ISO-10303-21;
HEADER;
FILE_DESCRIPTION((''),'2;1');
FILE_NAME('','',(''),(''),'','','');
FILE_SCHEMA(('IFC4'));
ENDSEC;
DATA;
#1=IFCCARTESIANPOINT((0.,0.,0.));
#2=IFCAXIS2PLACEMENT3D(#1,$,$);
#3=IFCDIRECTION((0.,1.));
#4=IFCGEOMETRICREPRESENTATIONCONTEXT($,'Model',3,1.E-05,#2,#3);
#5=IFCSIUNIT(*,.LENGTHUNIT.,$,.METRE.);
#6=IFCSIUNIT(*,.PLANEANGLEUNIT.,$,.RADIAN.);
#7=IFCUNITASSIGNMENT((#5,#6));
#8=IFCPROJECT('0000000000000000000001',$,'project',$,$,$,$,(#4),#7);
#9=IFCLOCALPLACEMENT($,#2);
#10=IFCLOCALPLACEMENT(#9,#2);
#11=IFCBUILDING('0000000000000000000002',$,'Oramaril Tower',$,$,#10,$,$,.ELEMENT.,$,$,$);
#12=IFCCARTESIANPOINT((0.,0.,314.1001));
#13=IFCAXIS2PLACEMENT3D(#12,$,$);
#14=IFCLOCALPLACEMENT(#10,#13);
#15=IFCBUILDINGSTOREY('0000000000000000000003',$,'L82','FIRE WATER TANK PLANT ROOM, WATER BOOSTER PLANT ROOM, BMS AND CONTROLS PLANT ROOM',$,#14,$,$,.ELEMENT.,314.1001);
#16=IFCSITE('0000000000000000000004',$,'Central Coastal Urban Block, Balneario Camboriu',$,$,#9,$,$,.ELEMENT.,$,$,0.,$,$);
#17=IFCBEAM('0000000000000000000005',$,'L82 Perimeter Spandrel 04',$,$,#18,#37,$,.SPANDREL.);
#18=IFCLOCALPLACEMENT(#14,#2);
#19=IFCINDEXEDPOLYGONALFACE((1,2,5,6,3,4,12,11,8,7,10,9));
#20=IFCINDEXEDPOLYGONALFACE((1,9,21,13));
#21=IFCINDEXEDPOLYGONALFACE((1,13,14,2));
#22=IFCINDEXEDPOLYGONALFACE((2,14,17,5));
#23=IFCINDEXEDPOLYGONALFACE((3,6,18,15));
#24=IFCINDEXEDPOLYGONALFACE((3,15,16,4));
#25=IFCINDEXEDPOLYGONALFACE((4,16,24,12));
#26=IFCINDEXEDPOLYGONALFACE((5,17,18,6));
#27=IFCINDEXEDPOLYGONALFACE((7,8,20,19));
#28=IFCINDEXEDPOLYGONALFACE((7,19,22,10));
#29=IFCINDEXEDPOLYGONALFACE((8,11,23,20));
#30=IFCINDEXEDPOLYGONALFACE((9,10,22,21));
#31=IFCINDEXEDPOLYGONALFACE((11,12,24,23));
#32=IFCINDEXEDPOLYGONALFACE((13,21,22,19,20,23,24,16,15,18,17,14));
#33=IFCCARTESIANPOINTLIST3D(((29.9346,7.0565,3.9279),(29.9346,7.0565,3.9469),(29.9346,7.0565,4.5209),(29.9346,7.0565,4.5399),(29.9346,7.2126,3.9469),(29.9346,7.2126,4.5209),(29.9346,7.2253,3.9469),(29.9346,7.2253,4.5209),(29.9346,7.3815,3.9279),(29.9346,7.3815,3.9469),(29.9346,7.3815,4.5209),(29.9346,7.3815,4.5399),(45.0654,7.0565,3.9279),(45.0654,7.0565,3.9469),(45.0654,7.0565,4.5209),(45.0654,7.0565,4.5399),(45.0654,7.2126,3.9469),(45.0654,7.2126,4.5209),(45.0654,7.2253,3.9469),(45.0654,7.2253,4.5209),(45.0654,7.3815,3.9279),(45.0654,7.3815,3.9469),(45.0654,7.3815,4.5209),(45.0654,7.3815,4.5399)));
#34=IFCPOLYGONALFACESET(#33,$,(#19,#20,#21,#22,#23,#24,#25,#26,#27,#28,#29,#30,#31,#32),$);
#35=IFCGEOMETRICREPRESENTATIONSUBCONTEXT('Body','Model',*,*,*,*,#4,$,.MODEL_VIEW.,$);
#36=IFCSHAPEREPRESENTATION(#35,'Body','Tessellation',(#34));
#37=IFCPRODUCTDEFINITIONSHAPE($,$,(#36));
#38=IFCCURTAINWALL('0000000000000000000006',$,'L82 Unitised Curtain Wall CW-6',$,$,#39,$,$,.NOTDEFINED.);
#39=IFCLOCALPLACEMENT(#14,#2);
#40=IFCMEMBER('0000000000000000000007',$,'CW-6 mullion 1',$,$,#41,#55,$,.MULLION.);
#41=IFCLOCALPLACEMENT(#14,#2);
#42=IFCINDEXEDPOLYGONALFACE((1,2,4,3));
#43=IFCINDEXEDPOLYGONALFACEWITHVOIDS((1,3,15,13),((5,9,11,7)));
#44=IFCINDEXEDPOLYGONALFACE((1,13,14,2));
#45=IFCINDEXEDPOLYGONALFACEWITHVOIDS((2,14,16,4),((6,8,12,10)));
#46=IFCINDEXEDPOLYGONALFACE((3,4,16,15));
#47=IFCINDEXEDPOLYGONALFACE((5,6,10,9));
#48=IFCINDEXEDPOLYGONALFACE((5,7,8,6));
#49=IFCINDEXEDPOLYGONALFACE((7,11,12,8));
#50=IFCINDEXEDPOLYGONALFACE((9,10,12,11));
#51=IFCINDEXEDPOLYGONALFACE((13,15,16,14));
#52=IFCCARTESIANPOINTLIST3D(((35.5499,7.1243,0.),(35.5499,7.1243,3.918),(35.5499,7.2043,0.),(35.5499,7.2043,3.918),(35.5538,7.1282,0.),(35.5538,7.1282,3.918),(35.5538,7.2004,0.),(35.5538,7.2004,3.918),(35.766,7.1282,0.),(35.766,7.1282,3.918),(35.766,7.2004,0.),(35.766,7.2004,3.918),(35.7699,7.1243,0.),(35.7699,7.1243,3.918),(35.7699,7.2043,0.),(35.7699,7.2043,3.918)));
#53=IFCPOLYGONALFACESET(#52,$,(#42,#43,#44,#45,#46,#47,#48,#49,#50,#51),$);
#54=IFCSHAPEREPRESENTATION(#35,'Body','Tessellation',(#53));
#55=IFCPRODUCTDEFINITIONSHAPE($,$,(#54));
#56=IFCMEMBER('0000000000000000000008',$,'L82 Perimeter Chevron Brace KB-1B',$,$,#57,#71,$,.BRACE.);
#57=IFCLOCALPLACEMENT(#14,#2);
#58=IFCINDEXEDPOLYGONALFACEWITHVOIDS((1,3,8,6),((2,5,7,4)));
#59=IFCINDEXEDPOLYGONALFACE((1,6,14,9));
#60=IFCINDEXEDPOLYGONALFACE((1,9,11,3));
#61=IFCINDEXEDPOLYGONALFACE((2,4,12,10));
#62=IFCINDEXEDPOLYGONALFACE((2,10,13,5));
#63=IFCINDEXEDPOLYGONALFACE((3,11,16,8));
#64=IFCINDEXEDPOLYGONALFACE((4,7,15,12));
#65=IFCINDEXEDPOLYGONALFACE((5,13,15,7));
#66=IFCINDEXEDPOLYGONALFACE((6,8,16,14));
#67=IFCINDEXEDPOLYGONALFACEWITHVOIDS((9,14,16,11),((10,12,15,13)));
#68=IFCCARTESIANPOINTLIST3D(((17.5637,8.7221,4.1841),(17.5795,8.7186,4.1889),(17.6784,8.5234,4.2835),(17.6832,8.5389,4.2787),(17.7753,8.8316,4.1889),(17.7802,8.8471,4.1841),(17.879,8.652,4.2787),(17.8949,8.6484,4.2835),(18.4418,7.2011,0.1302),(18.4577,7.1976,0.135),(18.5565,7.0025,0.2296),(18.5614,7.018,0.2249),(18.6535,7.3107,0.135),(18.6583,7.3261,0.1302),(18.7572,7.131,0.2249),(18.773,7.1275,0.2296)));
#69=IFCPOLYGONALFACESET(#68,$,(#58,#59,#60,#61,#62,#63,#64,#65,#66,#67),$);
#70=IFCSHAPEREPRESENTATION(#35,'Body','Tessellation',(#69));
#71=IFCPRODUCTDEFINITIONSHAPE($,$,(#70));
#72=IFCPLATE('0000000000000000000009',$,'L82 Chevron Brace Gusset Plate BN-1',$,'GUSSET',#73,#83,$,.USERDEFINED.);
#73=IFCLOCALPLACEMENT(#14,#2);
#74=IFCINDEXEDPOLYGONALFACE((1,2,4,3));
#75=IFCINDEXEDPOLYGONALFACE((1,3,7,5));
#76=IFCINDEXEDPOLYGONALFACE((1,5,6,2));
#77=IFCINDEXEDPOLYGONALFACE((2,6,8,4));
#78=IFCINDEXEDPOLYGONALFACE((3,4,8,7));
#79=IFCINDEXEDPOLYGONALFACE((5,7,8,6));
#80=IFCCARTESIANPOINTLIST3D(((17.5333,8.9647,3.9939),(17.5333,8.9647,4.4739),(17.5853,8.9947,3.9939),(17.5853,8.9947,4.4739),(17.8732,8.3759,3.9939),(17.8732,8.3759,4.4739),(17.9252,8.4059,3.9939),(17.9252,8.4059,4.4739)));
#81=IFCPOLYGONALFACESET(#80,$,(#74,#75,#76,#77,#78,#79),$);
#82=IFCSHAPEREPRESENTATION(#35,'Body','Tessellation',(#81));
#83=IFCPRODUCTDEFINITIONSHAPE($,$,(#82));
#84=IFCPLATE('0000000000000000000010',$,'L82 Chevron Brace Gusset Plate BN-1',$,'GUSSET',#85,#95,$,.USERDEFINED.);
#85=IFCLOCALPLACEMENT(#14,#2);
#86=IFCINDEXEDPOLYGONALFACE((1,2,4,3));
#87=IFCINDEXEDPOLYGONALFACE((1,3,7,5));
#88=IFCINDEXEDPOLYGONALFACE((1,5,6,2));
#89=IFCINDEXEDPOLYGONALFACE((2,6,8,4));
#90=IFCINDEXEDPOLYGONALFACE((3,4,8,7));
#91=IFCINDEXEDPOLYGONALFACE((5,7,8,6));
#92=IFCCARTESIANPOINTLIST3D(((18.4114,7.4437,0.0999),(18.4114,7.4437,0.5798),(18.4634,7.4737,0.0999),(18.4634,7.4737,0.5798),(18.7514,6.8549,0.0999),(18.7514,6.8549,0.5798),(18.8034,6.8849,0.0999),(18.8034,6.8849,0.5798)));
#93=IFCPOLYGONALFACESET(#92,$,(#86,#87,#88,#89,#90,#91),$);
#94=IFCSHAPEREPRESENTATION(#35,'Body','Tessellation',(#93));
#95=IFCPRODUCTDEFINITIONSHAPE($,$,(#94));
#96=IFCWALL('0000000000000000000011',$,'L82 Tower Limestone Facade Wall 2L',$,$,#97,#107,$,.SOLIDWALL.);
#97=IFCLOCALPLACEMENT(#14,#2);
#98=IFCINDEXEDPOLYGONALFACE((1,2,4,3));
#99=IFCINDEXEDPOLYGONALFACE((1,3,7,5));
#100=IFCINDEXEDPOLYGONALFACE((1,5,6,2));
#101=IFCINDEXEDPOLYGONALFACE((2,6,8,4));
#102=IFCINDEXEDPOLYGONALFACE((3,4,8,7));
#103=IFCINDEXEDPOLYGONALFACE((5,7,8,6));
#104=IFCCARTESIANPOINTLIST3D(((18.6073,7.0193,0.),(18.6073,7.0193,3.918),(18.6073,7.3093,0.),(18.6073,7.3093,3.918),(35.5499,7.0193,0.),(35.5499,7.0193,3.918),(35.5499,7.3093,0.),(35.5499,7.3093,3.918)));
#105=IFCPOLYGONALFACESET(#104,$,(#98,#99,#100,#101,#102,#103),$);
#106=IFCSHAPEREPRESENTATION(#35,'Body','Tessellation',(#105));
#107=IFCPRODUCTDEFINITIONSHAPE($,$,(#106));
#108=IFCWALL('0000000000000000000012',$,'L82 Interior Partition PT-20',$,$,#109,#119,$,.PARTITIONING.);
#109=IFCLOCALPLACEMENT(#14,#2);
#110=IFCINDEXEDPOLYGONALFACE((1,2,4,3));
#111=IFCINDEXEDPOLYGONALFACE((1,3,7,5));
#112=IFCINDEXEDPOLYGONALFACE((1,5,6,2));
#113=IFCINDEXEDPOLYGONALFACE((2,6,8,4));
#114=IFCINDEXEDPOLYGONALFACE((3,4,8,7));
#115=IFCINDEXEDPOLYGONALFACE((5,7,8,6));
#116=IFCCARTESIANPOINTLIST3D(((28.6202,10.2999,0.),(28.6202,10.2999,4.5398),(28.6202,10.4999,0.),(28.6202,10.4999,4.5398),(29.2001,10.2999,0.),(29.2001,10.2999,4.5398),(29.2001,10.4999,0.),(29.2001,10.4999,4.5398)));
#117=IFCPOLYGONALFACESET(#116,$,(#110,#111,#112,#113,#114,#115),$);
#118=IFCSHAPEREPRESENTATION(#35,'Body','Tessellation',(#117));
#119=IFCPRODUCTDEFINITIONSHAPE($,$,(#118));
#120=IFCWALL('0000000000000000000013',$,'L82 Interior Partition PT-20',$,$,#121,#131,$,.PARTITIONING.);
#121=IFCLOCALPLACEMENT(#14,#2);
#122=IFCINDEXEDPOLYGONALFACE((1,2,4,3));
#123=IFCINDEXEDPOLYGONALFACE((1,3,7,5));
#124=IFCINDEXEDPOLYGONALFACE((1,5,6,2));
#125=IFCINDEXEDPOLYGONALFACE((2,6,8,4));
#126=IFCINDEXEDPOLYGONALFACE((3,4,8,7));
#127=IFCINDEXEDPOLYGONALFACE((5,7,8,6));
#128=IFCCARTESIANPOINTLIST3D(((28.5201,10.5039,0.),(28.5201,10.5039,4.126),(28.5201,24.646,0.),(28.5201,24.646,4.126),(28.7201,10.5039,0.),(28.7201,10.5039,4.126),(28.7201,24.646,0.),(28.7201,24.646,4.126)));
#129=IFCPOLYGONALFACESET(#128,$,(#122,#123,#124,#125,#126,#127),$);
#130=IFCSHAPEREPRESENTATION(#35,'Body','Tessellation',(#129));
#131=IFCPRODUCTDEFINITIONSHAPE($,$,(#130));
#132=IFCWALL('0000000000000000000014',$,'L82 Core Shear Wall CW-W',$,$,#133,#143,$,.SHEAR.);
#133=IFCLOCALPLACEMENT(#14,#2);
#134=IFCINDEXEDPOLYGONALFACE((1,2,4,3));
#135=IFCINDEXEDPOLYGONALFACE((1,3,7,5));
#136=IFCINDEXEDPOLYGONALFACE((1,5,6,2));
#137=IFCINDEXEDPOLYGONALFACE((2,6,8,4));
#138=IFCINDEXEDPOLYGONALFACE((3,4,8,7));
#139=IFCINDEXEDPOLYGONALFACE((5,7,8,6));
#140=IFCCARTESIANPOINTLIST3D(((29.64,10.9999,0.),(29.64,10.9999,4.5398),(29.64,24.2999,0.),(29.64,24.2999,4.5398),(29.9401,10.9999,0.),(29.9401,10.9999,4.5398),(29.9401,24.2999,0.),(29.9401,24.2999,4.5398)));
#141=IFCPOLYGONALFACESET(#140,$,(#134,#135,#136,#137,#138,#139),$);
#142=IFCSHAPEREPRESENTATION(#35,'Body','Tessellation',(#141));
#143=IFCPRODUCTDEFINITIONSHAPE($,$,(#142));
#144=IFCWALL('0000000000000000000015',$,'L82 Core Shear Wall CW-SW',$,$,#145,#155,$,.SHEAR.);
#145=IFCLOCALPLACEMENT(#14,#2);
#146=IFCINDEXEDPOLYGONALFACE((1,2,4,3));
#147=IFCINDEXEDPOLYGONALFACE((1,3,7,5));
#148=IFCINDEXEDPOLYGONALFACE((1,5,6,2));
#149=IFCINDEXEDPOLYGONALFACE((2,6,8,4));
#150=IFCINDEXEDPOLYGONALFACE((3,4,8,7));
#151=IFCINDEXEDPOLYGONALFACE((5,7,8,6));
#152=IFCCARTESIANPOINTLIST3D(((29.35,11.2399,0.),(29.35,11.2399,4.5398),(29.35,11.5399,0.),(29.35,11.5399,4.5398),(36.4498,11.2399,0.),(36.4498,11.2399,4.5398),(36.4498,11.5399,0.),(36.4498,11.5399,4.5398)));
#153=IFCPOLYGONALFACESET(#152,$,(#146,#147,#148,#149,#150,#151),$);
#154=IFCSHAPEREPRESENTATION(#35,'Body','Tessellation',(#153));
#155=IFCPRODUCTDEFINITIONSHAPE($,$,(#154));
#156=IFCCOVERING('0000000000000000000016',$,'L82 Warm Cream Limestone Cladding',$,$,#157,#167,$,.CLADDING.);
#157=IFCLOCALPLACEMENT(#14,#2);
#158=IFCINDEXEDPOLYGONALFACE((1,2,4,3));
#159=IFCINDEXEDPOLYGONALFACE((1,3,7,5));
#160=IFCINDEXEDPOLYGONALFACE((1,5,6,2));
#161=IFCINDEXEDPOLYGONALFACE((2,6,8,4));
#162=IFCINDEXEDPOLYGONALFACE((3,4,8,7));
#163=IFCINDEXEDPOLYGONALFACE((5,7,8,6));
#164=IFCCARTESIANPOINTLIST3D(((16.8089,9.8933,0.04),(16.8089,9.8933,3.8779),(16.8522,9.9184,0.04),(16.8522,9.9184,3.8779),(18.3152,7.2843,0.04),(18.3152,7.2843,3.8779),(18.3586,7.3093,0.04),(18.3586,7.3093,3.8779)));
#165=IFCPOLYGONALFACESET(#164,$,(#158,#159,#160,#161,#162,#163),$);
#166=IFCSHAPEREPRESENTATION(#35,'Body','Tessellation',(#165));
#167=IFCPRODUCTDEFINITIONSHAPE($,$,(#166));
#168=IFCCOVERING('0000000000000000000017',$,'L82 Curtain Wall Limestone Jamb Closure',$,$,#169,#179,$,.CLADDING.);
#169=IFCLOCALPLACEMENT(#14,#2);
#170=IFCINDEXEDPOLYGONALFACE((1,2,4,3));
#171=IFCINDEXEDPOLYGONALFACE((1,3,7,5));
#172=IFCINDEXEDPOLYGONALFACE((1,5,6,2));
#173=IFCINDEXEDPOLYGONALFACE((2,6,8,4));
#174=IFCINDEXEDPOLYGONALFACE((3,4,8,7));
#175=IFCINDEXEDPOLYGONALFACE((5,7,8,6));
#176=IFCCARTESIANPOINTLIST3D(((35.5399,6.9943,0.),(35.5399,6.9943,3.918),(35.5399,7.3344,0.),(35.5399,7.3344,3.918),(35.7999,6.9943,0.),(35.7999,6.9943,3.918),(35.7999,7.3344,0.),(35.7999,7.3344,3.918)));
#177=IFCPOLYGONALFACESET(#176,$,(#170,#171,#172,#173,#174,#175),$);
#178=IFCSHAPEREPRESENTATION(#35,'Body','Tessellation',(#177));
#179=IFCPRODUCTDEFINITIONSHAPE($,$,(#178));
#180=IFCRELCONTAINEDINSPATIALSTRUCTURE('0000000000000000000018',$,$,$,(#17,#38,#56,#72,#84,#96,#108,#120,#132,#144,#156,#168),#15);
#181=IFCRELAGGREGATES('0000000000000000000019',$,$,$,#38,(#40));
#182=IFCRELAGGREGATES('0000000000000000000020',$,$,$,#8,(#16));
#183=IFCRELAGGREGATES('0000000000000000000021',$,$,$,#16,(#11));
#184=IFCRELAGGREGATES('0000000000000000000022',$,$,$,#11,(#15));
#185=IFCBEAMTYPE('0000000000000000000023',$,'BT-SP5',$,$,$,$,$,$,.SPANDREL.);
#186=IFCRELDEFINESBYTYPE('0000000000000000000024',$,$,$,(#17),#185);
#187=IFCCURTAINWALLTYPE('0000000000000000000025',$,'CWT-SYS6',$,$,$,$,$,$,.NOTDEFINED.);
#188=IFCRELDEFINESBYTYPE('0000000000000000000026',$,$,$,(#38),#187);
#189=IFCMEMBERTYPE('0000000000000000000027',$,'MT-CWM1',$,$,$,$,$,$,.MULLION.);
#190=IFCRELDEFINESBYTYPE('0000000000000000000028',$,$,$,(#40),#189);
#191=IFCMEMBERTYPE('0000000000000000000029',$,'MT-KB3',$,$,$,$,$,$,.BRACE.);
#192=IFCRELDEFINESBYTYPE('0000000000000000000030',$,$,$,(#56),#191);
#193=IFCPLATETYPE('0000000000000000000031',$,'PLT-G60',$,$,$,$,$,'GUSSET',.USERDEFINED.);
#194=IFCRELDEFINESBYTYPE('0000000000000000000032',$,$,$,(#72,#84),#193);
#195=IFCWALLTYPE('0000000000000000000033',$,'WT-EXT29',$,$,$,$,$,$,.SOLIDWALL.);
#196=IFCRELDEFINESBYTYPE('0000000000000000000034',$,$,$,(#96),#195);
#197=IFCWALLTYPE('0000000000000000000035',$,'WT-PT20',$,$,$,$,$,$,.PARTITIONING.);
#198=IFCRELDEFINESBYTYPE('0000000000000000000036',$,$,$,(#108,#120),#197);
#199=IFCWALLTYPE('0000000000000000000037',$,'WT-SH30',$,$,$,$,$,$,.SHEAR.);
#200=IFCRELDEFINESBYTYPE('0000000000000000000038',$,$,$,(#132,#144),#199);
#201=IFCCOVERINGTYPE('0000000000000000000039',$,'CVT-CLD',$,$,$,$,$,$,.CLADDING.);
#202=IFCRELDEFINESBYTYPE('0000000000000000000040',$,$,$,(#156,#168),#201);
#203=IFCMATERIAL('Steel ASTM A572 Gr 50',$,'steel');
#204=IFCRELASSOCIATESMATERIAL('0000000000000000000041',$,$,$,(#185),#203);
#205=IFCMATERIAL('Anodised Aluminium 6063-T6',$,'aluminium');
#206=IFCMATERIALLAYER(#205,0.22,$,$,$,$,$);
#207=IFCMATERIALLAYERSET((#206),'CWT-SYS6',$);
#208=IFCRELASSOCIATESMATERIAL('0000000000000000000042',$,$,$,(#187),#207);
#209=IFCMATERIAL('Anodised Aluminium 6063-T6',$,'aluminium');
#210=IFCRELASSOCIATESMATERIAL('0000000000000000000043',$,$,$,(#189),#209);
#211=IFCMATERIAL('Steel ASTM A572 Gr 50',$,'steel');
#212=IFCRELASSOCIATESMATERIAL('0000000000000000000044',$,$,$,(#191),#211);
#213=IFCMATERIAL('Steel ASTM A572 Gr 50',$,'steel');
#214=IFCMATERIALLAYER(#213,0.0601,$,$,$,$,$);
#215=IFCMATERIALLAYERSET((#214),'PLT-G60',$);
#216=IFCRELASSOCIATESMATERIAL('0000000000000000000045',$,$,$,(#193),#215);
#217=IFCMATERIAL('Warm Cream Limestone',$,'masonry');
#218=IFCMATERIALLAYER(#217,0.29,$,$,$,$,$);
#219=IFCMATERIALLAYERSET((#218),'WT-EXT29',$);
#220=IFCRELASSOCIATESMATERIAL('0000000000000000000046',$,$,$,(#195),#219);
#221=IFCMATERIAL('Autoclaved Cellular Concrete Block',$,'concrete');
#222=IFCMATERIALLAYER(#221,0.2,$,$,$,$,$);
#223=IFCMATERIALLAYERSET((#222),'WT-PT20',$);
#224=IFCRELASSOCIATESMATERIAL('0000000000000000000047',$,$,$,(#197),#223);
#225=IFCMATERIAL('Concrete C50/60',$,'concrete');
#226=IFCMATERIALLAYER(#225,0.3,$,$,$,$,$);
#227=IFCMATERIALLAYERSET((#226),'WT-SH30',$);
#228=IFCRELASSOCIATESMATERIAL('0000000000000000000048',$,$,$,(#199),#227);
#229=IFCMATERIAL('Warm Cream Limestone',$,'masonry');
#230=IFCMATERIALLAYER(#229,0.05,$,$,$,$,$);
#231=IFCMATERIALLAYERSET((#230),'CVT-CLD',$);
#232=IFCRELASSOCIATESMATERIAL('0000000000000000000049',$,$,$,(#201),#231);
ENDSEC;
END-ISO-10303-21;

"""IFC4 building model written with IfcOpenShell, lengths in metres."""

from ifc_helpers import new_model, si_unit, direction, frame, frame_2d, origin, origin_2d, place, context, subcontext, project, spatial, rectangle, hollow_rectangle, i_section, extrude, material, layer, layer_set, material_profile, profile_set, type_object, element, aggregate, save


model = new_model("IFC4")

# Units and contexts
model_context = context("Model", 3, precision=1e-05, world=origin(), true_north=direction((0.0, 1.0)))
body_context = subcontext(model_context, "Body", "Model", "MODEL_VIEW")
ifc_project = project(units=[si_unit("LENGTHUNIT", "METRE"), si_unit("PLANEANGLEUNIT", "RADIAN")], contexts=[model_context])

# Site, building, storey
site_placement = place(None, origin())
site = spatial("IfcSite", under=ifc_project, at=site_placement, Name="Central Coastal Urban Block, Balneario Camboriu", CompositionType="ELEMENT", RefElevation=0.0)
building_placement = place(site_placement, origin())
building = spatial("IfcBuilding", under=site, at=building_placement, Name="Oramaril Tower", CompositionType="ELEMENT")
storey_placement = place(building_placement, frame((0.0, 0.0, 314.1001)))
storey = spatial("IfcBuildingStorey", under=building, at=storey_placement, Name="L82", Description="FIRE WATER TANK PLANT ROOM, WATER BOOSTER PLANT ROOM, BMS AND CONTROLS PLANT ROOM", CompositionType="ELEMENT", Elevation=314.1001)

# Beam
ifc_material_1 = material(Name="Steel ASTM A572 Gr 50", Category="steel")
ifc_material_profile_1 = material_profile(ifc_material_1, i_section(OverallWidth=0.325, OverallDepth=0.6121, WebThickness=0.0127, FlangeThickness=0.019, at=origin_2d()), Name="W24X104")
ifc_profile_set_1 = profile_set([ifc_material_profile_1], Name="Steel ASTM A572 Gr 50")
beam_type_1 = type_object("IfcBeamType", Name="BT-SP5", PredefinedType="SPANDREL", material=ifc_profile_set_1)
beam_1_placement = place(storey_placement, frame((29.9346, 7.219, 4.2339), z_axis=(1.0, 0.0, 0.0), x_axis=(0.0, 1.0, 0.0)))
element("IfcBeam", 1, at=beam_1_placement, inside=storey, type_object=beam_type_1, Name="L82 Perimeter Spandrel 04", PredefinedType="SPANDREL", context=body_context, shape_type="SweptSolid", body=[
    extrude(i_section(OverallWidth=0.325, OverallDepth=0.6121, WebThickness=0.0127, FlangeThickness=0.019, at=origin_2d()), origin(), (0.0, 0.0, 1.0), 15.1309),
])

# Curtain wall, member
ifc_material_2 = material(Name="Anodised Aluminium 6063-T6", Category="aluminium")
ifc_layer_1 = layer(ifc_material_2, 0.22)
ifc_layer_set_1 = layer_set([ifc_layer_1], Name="CWT-SYS6")
curtain_wall_type = type_object("IfcCurtainWallType", Name="CWT-SYS6", PredefinedType="NOTDEFINED", material=ifc_layer_set_1)
curtain_wall_placement = place(storey_placement, origin())
curtain_wall = element("IfcCurtainWall", 2, at=curtain_wall_placement, inside=storey, type_object=curtain_wall_type, Name="L82 Unitised Curtain Wall CW-6", PredefinedType="NOTDEFINED")
ifc_material_3 = material(Name="Anodised Aluminium 6063-T6", Category="aluminium")
ifc_material_profile_2 = material_profile(ifc_material_3, hollow_rectangle(XDim=0.0801, YDim=0.22, WallThickness=0.0039, at=origin_2d()), Name="CWM220X80")
ifc_profile_set_2 = profile_set([ifc_material_profile_2], Name="Anodised Aluminium 6063-T6")
member_type_1 = type_object("IfcMemberType", Name="MT-CWM1", PredefinedType="MULLION", material=ifc_profile_set_2)
member_1_placement = place(storey_placement, frame((35.6599, 7.1643, 0.0), z_axis=(0.0, 0.0, 1.0), x_axis=(0.0, 1.0, 0.0)))
member_1 = element("IfcMember", 3, at=member_1_placement, type_object=member_type_1, Name="CW-6 mullion 1", PredefinedType="MULLION", context=body_context, shape_type="SweptSolid", body=[
    extrude(hollow_rectangle(XDim=0.0801, YDim=0.22, WallThickness=0.0039, at=origin_2d()), origin(), (0.0, 0.0, 1.0), 3.918),
])
aggregate(curtain_wall, [member_1])

# Member
ifc_material_4 = material(Name="Steel ASTM A572 Gr 50", Category="steel")
ifc_material_profile_3 = material_profile(ifc_material_4, hollow_rectangle(XDim=0.25, YDim=0.25, WallThickness=0.012, at=origin_2d()), Name="HSS250X250X12")
ifc_profile_set_3 = profile_set([ifc_material_profile_3], Name="Steel ASTM A572 Gr 50")
member_type_2 = type_object("IfcMemberType", Name="MT-KB3", PredefinedType="BRACE", material=ifc_profile_set_3)
member_2_placement = place(storey_placement, frame((18.6074, 7.1643, 0.1799), z_axis=(-0.19877, 0.344269, 0.917589), x_axis=(-0.866019, -0.500011, 0.0)))
element("IfcMember", 4, at=member_2_placement, inside=storey, type_object=member_type_2, Name="L82 Perimeter Chevron Brace KB-1B", PredefinedType="BRACE", context=body_context, shape_type="SweptSolid", body=[
    extrude(hollow_rectangle(XDim=0.25, YDim=0.25, WallThickness=0.012, at=origin_2d()), origin(), (0.0, 0.0, 1.0), 4.418),
])

# Plates
ifc_material_5 = material(Name="Steel ASTM A572 Gr 50", Category="steel")
ifc_layer_2 = layer(ifc_material_5, 0.0601)
ifc_layer_set_2 = layer_set([ifc_layer_2], Name="PLT-G60")
plate_type = type_object("IfcPlateType", Name="PLT-G60", ElementType="GUSSET", PredefinedType="USERDEFINED", material=ifc_layer_set_2)
for number, where, z_axis, x_axis, name in (
    (5, (17.7292, 8.6853, 3.9939), (0.0, 0.0, 1.0), (0.5, -0.866025, 0.0), "L82 Chevron Brace Gusset Plate BN-1"),
    (6, (18.6074, 7.1643, 0.0999), (0.0, 0.0, 1.0), (0.5, -0.866025, 0.0), "L82 Chevron Brace Gusset Plate BN-1"),
):
    element("IfcPlate", number, at=place(storey_placement, frame(where, z_axis=z_axis, x_axis=x_axis)), inside=storey, type_object=plate_type, Name=name, ObjectType="GUSSET", PredefinedType="USERDEFINED", context=body_context, shape_type="SweptSolid", body=[
        extrude(rectangle(XDim=0.6799, YDim=0.0601, at=origin_2d()), origin(), (0.0, 0.0, 1.0), 0.48),
    ])

# Wall
ifc_material_6 = material(Name="Warm Cream Limestone", Category="masonry")
ifc_layer_3 = layer(ifc_material_6, 0.29)
ifc_layer_set_3 = layer_set([ifc_layer_3], Name="WT-EXT29")
wall_type_1 = type_object("IfcWallType", Name="WT-EXT29", PredefinedType="SOLIDWALL", material=ifc_layer_set_3)
wall_1_placement = place(storey_placement, frame((18.6074, 7.1643, 0.0), z_axis=(0.0, 0.0, 1.0), x_axis=(1.0, 0.0, 0.0)))
element("IfcWall", 7, at=wall_1_placement, inside=storey, type_object=wall_type_1, Name="L82 Tower Limestone Facade Wall 2L", PredefinedType="SOLIDWALL", context=body_context, shape_type="SweptSolid", body=[
    extrude(rectangle(XDim=16.9426, YDim=0.29, at=frame_2d((8.4712, 0.0))), origin(), (0.0, 0.0, 1.0), 3.918),
])

# Shared definitions
ifc_material_7 = material(Name="Autoclaved Cellular Concrete Block", Category="concrete")
ifc_layer_4 = layer(ifc_material_7, 0.2)
ifc_layer_set_4 = layer_set([ifc_layer_4], Name="WT-PT20")
wall_type_2 = type_object("IfcWallType", Name="WT-PT20", PredefinedType="PARTITIONING", material=ifc_layer_set_4)

# Wall
wall_2_placement = place(storey_placement, frame((28.6201, 10.3999, 0.0), z_axis=(0.0, 0.0, 1.0), x_axis=(1.0, 0.0, 0.0)))
element("IfcWall", 8, at=wall_2_placement, inside=storey, type_object=wall_type_2, Name="L82 Interior Partition PT-20", PredefinedType="PARTITIONING", context=body_context, shape_type="SweptSolid", body=[
    extrude(rectangle(XDim=0.5798, YDim=0.2, at=frame_2d((0.29, 0.0))), origin(), (0.0, 0.0, 1.0), 4.5398),
])

# Walls
wall_3_placement = place(storey_placement, frame((28.6201, 10.5039, 0.0), z_axis=(0.0, 0.0, 1.0), x_axis=(0.0, 1.0, 0.0)))
element("IfcWall", 9, at=wall_3_placement, inside=storey, type_object=wall_type_2, Name="L82 Interior Partition PT-20", PredefinedType="PARTITIONING", context=body_context, shape_type="SweptSolid", body=[
    extrude(rectangle(XDim=14.1421, YDim=0.2, at=frame_2d((7.071, 0.0))), origin(), (0.0, 0.0, 1.0), 4.126),
])
ifc_material_8 = material(Name="Concrete C50/60", Category="concrete")
ifc_layer_5 = layer(ifc_material_8, 0.3)
ifc_layer_set_5 = layer_set([ifc_layer_5], Name="WT-SH30")
wall_type_3 = type_object("IfcWallType", Name="WT-SH30", PredefinedType="SHEAR", material=ifc_layer_set_5)
wall_4_placement = place(storey_placement, frame((29.79, 11.0, 0.0), z_axis=(0.0, 0.0, 1.0), x_axis=(0.0, 1.0, 0.0)))
element("IfcWall", 10, at=wall_4_placement, inside=storey, type_object=wall_type_3, Name="L82 Core Shear Wall CW-W", PredefinedType="SHEAR", context=body_context, shape_type="SweptSolid", body=[
    extrude(rectangle(XDim=13.3, YDim=0.3, at=frame_2d((6.6499, 0.0))), origin(), (0.0, 0.0, 1.0), 4.5398),
])
wall_5_placement = place(storey_placement, frame((29.3501, 11.3899, 0.0), z_axis=(0.0, 0.0, 1.0), x_axis=(1.0, 0.0, 0.0)))
element("IfcWall", 11, at=wall_5_placement, inside=storey, type_object=wall_type_3, Name="L82 Core Shear Wall CW-SW", PredefinedType="SHEAR", context=body_context, shape_type="SweptSolid", body=[
    extrude(rectangle(XDim=7.0999, YDim=0.3, at=frame_2d((3.5498, 0.0))), origin(), (0.0, 0.0, 1.0), 4.5398),
])

# Coverings
ifc_material_9 = material(Name="Warm Cream Limestone", Category="masonry")
ifc_layer_6 = layer(ifc_material_9, 0.05)
ifc_layer_set_6 = layer_set([ifc_layer_6], Name="CVT-CLD")
covering_type = type_object("IfcCoveringType", Name="CVT-CLD", PredefinedType="CLADDING", material=ifc_layer_set_6)
covering_1_placement = place(storey_placement, frame((17.5837, 8.6013, 0.04), z_axis=(0.0, 0.0, 1.0), x_axis=(0.5, -0.866025, 0.0)))
element("IfcCovering", 12, at=covering_1_placement, inside=storey, type_object=covering_type, Name="L82 Warm Cream Limestone Cladding", PredefinedType="CLADDING", context=body_context, shape_type="SweptSolid", body=[
    extrude(rectangle(XDim=3.0127, YDim=0.05, at=origin_2d()), origin(), (0.0, 0.0, 1.0), 3.8379),
])
covering_2_placement = place(storey_placement, frame((35.6699, 7.1643, 0.0), z_axis=(0.0, 0.0, 1.0), x_axis=(1.0, 0.0, 0.0)))
element("IfcCovering", 13, at=covering_2_placement, inside=storey, type_object=covering_type, Name="L82 Curtain Wall Limestone Jamb Closure", PredefinedType="CLADDING", context=body_context, shape_type="SweptSolid", body=[
    extrude(rectangle(XDim=0.26, YDim=0.3401, at=origin_2d()), origin(), (0.0, 0.0, 1.0), 3.918),
])

save(model, "model.ifc")
